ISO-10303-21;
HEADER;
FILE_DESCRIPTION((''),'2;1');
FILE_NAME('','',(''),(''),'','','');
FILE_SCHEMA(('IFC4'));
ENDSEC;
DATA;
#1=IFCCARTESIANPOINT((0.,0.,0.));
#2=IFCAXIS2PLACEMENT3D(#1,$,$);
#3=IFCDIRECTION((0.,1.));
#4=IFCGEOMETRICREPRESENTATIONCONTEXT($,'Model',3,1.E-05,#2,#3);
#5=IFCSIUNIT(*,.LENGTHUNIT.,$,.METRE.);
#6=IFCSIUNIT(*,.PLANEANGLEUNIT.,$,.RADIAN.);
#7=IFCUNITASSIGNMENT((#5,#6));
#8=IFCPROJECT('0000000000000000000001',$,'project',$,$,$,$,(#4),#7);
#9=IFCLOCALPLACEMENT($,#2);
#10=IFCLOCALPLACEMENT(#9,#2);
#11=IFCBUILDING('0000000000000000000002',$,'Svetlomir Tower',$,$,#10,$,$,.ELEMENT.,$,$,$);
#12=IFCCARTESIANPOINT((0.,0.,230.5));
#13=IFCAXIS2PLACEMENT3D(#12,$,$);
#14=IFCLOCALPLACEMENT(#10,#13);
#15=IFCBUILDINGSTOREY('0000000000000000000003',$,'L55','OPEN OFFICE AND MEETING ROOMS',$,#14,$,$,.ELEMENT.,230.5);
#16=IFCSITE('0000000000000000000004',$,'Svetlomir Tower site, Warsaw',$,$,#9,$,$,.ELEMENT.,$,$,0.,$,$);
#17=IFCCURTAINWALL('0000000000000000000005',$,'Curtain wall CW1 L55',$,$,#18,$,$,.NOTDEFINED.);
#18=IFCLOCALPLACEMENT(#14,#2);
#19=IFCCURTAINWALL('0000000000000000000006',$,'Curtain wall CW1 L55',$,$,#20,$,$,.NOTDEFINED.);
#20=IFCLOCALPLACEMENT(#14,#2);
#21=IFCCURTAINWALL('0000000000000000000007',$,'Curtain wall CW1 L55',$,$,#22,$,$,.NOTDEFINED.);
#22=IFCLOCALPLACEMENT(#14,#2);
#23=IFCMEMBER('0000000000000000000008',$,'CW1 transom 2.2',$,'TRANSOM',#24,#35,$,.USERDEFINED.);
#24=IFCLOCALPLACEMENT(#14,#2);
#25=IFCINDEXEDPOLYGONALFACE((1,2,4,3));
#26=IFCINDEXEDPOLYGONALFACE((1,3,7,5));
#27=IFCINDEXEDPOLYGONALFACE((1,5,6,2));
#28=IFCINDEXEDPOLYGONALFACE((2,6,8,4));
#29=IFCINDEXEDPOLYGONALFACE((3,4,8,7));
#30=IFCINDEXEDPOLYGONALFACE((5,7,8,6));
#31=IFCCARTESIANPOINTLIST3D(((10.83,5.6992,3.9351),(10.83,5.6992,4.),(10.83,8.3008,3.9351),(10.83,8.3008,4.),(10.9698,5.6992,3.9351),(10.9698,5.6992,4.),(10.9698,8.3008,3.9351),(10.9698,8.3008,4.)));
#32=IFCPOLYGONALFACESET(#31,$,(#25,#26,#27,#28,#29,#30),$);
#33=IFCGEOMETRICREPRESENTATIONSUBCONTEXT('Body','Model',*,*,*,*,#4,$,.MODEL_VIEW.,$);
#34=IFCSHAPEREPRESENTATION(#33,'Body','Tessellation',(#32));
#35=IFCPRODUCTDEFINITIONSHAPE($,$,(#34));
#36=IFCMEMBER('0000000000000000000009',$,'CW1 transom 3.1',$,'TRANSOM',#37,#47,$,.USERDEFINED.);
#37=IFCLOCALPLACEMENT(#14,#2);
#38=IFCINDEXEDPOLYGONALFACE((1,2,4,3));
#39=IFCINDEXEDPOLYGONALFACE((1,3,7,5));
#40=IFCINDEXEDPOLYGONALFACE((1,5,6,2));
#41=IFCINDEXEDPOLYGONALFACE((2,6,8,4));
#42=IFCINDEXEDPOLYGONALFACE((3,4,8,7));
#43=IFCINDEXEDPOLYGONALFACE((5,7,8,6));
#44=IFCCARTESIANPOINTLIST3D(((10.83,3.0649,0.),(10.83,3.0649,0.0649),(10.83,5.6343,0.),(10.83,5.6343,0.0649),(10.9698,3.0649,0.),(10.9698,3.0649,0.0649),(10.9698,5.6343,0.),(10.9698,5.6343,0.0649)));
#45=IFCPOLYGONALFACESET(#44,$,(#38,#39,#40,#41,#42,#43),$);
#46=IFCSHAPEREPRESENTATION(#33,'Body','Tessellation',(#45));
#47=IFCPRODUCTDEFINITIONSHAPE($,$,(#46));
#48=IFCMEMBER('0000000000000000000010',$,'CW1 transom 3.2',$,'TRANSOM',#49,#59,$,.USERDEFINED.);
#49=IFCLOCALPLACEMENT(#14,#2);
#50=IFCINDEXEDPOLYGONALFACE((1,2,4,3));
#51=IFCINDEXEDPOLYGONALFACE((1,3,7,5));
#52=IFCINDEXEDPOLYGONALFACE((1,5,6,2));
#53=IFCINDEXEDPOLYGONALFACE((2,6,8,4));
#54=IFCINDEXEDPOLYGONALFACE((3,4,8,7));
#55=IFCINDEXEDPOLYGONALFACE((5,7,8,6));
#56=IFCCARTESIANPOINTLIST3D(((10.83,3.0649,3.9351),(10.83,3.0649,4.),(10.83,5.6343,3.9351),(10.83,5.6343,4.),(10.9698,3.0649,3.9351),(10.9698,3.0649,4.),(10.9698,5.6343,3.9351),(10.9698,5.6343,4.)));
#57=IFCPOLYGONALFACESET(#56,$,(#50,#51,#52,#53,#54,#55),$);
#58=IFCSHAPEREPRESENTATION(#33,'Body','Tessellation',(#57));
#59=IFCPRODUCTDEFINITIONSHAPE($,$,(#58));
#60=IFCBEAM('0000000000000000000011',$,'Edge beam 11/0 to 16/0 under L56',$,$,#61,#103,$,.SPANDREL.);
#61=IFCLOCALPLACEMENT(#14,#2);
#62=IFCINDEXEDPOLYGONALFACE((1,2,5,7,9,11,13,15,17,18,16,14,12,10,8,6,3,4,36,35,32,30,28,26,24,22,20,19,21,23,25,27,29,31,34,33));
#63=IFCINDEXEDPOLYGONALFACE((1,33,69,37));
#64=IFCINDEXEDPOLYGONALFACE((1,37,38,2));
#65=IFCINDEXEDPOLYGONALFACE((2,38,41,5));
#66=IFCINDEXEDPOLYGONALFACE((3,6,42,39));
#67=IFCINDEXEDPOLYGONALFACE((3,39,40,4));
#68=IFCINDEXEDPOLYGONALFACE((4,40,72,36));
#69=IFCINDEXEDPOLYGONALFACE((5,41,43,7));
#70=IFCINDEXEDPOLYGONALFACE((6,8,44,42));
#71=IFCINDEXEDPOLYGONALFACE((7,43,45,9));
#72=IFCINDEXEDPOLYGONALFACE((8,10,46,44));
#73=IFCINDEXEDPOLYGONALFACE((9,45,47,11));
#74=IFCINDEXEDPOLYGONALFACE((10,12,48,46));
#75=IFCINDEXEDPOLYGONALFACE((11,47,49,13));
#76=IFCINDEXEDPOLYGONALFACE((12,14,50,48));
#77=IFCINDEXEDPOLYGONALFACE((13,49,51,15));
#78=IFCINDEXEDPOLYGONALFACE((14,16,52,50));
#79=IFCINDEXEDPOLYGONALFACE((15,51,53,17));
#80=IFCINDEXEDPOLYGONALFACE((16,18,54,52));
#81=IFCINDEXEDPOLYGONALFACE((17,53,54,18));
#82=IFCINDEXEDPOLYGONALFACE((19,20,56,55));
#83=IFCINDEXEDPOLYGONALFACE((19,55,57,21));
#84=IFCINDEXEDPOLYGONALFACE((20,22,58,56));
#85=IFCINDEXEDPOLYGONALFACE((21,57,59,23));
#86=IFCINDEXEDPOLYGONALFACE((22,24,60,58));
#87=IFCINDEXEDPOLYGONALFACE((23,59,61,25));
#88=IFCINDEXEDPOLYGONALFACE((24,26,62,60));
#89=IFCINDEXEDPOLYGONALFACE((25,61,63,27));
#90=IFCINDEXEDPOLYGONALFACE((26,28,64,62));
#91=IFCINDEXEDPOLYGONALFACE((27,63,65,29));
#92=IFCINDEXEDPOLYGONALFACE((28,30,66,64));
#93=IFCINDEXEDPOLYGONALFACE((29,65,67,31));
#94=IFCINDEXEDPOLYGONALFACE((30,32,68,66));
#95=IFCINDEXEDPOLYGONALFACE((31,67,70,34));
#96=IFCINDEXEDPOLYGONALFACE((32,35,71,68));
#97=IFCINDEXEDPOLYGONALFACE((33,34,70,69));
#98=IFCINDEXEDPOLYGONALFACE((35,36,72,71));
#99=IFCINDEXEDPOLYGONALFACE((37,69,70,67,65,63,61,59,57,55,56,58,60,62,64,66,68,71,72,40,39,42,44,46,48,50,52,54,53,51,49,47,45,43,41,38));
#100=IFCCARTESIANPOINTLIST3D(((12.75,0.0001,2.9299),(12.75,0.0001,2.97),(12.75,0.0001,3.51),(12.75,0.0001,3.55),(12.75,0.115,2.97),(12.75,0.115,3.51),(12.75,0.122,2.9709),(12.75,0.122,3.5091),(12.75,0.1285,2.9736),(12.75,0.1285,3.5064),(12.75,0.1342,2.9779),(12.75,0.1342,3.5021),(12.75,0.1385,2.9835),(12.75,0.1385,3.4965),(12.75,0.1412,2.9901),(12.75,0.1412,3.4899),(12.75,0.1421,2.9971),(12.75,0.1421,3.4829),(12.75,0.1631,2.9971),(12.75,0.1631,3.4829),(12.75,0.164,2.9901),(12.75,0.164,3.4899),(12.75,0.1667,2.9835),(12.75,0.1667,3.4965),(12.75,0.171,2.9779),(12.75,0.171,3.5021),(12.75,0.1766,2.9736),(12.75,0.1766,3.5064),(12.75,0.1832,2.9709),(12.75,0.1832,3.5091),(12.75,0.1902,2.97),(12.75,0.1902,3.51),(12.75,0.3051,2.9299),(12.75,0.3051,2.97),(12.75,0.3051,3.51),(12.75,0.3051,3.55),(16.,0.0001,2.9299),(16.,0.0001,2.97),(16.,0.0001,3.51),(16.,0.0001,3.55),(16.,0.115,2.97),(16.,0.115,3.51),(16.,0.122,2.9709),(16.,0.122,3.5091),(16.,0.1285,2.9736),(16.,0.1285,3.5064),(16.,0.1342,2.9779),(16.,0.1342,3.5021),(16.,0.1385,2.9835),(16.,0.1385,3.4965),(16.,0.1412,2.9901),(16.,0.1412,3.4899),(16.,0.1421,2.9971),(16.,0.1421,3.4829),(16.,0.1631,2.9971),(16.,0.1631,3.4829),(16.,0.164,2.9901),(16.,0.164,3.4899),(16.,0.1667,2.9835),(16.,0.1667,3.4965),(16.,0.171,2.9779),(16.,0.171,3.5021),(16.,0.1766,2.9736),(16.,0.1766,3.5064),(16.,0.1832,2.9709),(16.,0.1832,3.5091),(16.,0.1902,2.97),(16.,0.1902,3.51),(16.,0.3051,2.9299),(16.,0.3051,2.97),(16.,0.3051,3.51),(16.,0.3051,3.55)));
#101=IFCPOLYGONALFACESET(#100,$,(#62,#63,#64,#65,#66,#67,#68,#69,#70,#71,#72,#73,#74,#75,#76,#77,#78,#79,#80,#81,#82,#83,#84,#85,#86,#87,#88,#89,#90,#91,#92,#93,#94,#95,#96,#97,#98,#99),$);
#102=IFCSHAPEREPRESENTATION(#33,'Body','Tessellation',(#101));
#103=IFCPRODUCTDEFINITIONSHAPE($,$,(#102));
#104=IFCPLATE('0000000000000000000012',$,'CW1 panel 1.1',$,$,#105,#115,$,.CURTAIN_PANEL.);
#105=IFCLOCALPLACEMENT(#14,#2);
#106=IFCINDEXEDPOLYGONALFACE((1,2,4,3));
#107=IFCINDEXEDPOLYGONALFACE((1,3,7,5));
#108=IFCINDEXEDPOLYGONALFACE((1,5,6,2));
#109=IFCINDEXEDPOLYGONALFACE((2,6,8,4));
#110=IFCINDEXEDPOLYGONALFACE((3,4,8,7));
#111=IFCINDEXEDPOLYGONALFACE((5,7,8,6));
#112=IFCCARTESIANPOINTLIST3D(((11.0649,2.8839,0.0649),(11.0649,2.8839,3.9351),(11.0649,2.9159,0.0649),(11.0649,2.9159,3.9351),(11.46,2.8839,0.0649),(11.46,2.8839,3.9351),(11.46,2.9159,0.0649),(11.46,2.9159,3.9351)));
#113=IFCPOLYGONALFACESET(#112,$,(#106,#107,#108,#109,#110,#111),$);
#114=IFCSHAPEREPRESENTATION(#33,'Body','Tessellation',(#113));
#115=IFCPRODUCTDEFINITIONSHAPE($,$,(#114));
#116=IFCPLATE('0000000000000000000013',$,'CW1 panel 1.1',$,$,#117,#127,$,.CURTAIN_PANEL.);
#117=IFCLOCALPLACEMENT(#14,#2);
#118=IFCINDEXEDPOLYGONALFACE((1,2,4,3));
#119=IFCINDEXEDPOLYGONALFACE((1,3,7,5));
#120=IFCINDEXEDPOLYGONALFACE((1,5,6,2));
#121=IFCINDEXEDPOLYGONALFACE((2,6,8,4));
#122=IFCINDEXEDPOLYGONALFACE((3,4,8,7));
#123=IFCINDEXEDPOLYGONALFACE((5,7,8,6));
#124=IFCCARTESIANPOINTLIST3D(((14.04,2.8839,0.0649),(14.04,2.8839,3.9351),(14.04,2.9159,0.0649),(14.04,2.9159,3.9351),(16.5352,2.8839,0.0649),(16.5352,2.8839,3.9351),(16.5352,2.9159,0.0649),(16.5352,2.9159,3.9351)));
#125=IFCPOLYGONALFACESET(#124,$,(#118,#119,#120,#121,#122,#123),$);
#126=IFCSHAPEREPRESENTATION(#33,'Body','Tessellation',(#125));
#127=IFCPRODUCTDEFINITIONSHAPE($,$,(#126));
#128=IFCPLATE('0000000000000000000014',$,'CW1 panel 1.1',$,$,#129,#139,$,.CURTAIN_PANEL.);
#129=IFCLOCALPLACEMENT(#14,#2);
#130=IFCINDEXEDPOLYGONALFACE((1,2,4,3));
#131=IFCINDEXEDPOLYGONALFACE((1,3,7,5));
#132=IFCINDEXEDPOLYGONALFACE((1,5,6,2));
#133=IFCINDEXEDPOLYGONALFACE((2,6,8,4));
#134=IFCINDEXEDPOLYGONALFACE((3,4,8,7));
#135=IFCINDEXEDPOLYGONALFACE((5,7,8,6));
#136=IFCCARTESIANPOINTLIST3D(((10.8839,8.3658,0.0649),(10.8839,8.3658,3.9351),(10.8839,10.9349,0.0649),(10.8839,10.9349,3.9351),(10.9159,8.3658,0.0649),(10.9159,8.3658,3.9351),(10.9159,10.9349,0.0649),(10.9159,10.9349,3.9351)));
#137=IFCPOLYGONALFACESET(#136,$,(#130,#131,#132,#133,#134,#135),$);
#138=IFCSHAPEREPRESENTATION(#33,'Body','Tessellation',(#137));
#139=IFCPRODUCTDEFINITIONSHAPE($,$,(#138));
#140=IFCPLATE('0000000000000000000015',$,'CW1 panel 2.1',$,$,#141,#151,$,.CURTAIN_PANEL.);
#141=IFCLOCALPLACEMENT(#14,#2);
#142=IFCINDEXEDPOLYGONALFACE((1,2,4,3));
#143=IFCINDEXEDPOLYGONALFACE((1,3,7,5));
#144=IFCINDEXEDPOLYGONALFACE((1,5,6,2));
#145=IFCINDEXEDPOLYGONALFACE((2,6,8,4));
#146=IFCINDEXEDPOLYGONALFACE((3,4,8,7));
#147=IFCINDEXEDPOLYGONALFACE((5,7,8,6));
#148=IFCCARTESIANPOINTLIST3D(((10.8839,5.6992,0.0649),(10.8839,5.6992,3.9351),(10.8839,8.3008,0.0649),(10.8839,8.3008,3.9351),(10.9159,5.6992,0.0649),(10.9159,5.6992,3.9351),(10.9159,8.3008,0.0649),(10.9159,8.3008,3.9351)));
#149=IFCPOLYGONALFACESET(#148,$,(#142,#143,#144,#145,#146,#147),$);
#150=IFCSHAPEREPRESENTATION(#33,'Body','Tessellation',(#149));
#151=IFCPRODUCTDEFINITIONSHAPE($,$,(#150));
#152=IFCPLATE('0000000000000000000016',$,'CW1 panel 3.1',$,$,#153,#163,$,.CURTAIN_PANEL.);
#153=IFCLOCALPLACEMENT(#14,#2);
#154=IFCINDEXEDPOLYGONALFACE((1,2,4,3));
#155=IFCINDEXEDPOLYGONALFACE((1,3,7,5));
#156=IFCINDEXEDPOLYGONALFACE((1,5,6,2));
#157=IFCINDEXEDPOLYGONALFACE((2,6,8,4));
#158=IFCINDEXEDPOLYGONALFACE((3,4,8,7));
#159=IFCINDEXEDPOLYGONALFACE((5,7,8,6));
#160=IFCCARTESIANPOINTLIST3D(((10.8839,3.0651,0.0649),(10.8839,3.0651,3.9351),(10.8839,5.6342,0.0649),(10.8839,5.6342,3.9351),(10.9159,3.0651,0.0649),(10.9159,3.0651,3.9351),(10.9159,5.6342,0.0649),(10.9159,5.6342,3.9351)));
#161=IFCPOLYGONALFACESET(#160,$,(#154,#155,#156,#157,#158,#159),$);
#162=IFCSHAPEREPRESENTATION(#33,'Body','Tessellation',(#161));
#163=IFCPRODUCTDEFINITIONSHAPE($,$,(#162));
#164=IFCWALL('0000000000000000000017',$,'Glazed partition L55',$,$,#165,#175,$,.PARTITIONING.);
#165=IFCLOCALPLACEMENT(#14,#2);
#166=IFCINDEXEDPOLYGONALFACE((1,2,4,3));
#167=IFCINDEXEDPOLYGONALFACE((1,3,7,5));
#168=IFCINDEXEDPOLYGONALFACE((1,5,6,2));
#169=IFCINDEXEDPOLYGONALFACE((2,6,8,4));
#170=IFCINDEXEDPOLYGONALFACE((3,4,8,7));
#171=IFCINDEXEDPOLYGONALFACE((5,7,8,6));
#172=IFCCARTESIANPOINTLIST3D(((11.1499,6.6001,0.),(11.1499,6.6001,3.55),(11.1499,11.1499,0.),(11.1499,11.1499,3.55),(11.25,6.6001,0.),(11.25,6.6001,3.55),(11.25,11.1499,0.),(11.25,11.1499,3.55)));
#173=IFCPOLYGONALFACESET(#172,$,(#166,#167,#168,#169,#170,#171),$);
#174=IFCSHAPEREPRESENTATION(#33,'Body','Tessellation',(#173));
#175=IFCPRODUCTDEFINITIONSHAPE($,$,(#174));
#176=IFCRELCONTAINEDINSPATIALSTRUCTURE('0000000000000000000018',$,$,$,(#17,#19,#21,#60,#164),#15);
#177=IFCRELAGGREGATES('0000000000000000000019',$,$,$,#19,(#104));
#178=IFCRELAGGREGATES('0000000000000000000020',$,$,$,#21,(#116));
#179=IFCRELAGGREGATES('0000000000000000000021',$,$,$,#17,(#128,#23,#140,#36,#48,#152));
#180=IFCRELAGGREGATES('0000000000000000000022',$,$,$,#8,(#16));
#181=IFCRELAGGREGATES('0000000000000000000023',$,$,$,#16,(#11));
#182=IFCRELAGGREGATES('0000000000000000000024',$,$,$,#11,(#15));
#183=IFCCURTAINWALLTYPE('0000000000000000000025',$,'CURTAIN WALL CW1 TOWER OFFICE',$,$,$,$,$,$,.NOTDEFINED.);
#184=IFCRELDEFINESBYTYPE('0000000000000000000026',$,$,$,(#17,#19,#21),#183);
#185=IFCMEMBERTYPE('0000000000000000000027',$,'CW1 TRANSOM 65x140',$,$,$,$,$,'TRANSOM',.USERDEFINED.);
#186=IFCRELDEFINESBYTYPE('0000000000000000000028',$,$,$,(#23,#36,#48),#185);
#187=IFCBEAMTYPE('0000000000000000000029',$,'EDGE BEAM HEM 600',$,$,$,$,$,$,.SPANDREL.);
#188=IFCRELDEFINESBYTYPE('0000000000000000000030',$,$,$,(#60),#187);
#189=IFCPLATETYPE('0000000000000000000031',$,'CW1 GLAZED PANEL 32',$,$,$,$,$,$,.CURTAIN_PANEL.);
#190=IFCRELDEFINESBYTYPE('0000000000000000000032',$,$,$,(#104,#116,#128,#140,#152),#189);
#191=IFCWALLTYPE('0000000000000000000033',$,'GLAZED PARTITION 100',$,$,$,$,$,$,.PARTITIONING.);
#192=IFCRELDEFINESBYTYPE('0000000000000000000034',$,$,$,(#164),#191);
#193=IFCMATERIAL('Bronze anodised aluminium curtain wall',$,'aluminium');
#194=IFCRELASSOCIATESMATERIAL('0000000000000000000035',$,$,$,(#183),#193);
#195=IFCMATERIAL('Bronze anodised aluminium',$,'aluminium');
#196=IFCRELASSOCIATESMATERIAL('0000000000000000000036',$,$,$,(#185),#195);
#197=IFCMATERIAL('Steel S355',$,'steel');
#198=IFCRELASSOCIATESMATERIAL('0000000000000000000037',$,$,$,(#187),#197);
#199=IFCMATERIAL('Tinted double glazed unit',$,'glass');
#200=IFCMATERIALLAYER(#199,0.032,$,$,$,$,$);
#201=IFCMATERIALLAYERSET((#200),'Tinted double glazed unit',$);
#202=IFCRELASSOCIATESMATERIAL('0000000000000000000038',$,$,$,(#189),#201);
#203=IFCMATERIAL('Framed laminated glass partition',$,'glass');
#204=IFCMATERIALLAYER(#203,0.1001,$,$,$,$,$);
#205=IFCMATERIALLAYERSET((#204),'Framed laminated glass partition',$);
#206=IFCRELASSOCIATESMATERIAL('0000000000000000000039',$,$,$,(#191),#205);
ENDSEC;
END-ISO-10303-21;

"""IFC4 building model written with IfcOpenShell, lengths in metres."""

from ifc_helpers import new_model, si_unit, direction, frame, frame_2d, origin, origin_2d, place, context, subcontext, project, spatial, rectangle, i_section, extrude, material, layer, layer_set, material_profile, profile_set, type_object, element, aggregate, save


model = new_model("IFC4")

# Units and contexts
model_context = context("Model", 3, precision=1e-05, world=origin(), true_north=direction((0.0, 1.0)))
body_context = subcontext(model_context, "Body", "Model", "MODEL_VIEW")
ifc_project = project(units=[si_unit("LENGTHUNIT", "METRE"), si_unit("PLANEANGLEUNIT", "RADIAN")], contexts=[model_context])

# Site, building, storey
site_placement = place(None, origin())
site = spatial("IfcSite", under=ifc_project, at=site_placement, Name="Svetlomir Tower site, Warsaw", CompositionType="ELEMENT", RefElevation=0.0)
building_placement = place(site_placement, origin())
building = spatial("IfcBuilding", under=site, at=building_placement, Name="Svetlomir Tower", CompositionType="ELEMENT")
storey_placement = place(building_placement, frame((0.0, 0.0, 230.5)))
storey = spatial("IfcBuildingStorey", under=building, at=storey_placement, Name="L55", Description="OPEN OFFICE AND MEETING ROOMS", CompositionType="ELEMENT", Elevation=230.5)

# Curtain wall
ifc_material_1 = material(Name="Bronze anodised aluminium curtain wall", Category="aluminium")
curtain_wall_type = type_object("IfcCurtainWallType", Name="CURTAIN WALL CW1 TOWER OFFICE", PredefinedType="NOTDEFINED", material=ifc_material_1)
curtain_wall_1_placement = place(storey_placement, origin())
curtain_wall_1 = element("IfcCurtainWall", 1, at=curtain_wall_1_placement, inside=storey, type_object=curtain_wall_type, Name="Curtain wall CW1 L55", PredefinedType="NOTDEFINED")

# Curtain wall
curtain_wall_2_placement = place(storey_placement, origin())
curtain_wall_2 = element("IfcCurtainWall", 2, at=curtain_wall_2_placement, inside=storey, type_object=curtain_wall_type, Name="Curtain wall CW1 L55", PredefinedType="NOTDEFINED")

# Curtain wall
curtain_wall_3_placement = place(storey_placement, origin())
curtain_wall_3 = element("IfcCurtainWall", 3, at=curtain_wall_3_placement, inside=storey, type_object=curtain_wall_type, Name="Curtain wall CW1 L55", PredefinedType="NOTDEFINED")

# Shared definitions
ifc_material_2 = material(Name="Bronze anodised aluminium", Category="aluminium")
ifc_material_profile_1 = material_profile(ifc_material_2, rectangle(XDim=0.1399, YDim=0.0649, at=origin_2d()), Name="AL 140x65")
ifc_profile_set_1 = profile_set([ifc_material_profile_1], Name="Bronze anodised aluminium 6063-T6")
member_type_1 = type_object("IfcMemberType", Name="CW1 TRANSOM 65x140", ElementType="TRANSOM", PredefinedType="USERDEFINED", material=ifc_profile_set_1)

# Members
member_1_placement = place(storey_placement, frame((10.8999, 8.3008, 3.9675), z_axis=(0.0, -1.0, 0.0), x_axis=(1.0, 0.0, 0.0)))
member_1 = element("IfcMember", 4, at=member_1_placement, type_object=member_type_1, Name="CW1 transom 2.2", ObjectType="TRANSOM", PredefinedType="USERDEFINED", context=body_context, shape_type="SweptSolid", body=[
    extrude(rectangle(XDim=0.1399, YDim=0.0649, at=origin_2d()), origin(), (0.0, 0.0, 1.0), 2.6016),
])
member_2_placement = place(storey_placement, frame((10.8999, 5.6343, 0.0325), z_axis=(0.0, -1.0, 0.0), x_axis=(1.0, 0.0, 0.0)))
member_2 = element("IfcMember", 5, at=member_2_placement, type_object=member_type_1, Name="CW1 transom 3.1", ObjectType="TRANSOM", PredefinedType="USERDEFINED", context=body_context, shape_type="SweptSolid", body=[
    extrude(rectangle(XDim=0.1399, YDim=0.0649, at=origin_2d()), origin(), (0.0, 0.0, 1.0), 2.5693),
])
member_3_placement = place(storey_placement, frame((10.8999, 5.6343, 3.9675), z_axis=(0.0, -1.0, 0.0), x_axis=(1.0, 0.0, 0.0)))
member_3 = element("IfcMember", 6, at=member_3_placement, type_object=member_type_1, Name="CW1 transom 3.2", ObjectType="TRANSOM", PredefinedType="USERDEFINED", context=body_context, shape_type="SweptSolid", body=[
    extrude(rectangle(XDim=0.1399, YDim=0.0649, at=origin_2d()), origin(), (0.0, 0.0, 1.0), 2.5693),
])

# Beam
ifc_material_3 = material(Name="Steel S355", Category="steel")
ifc_material_profile_2 = material_profile(ifc_material_3, i_section(OverallWidth=0.3049, OverallDepth=0.6201, WebThickness=0.021, FlangeThickness=0.04, FilletRadius=0.0271, at=origin_2d()), Name="HEM 600")
ifc_profile_set_2 = profile_set([ifc_material_profile_2], Name="Steel S355")
beam_type = type_object("IfcBeamType", Name="EDGE BEAM HEM 600", PredefinedType="SPANDREL", material=ifc_profile_set_2)
beam_placement = place(storey_placement, frame((12.75, 0.1526, 3.24), z_axis=(1.0, 0.0, 0.0), x_axis=(0.0, 1.0, 0.0)))
element("IfcBeam", 7, at=beam_placement, inside=storey, type_object=beam_type, Name="Edge beam 11/0 to 16/0 under L56", PredefinedType="SPANDREL", context=body_context, shape_type="SweptSolid", body=[
    extrude(i_section(OverallWidth=0.3049, OverallDepth=0.6201, WebThickness=0.021, FlangeThickness=0.04, FilletRadius=0.0271, at=origin_2d()), origin(), (0.0, 0.0, 1.0), 3.25),
])

# Plates
ifc_material_4 = material(Name="Tinted double glazed unit", Category="glass")
ifc_layer_1 = layer(ifc_material_4, 0.032)
ifc_layer_set_1 = layer_set([ifc_layer_1], Name="Tinted double glazed unit")
plate_type = type_object("IfcPlateType", Name="CW1 GLAZED PANEL 32", PredefinedType="CURTAIN_PANEL", material=ifc_layer_set_1)
plate_1_placement = place(storey_placement, frame((11.2625, 2.8999, 0.0649), z_axis=(0.0, 0.0, 1.0), x_axis=(1.0, 0.0, 0.0)))
plate_1 = element("IfcPlate", 8, at=plate_1_placement, type_object=plate_type, Name="CW1 panel 1.1", PredefinedType="CURTAIN_PANEL", context=body_context, shape_type="SweptSolid", body=[
    extrude(rectangle(XDim=0.395, YDim=0.032, at=origin_2d()), origin(), (0.0, 0.0, 1.0), 3.8701),
])
aggregate(curtain_wall_2, [plate_1])
plate_2_placement = place(storey_placement, frame((15.2876, 2.8999, 0.0649), z_axis=(0.0, 0.0, 1.0), x_axis=(1.0, 0.0, 0.0)))
plate_2 = element("IfcPlate", 9, at=plate_2_placement, type_object=plate_type, Name="CW1 panel 1.1", PredefinedType="CURTAIN_PANEL", context=body_context, shape_type="SweptSolid", body=[
    extrude(rectangle(XDim=2.4951, YDim=0.032, at=origin_2d()), origin(), (0.0, 0.0, 1.0), 3.8701),
])
aggregate(curtain_wall_3, [plate_2])
plate_3_placement = place(storey_placement, frame((10.8999, 9.6504, 0.0649), z_axis=(0.0, 0.0, 1.0), x_axis=(0.0, -1.0, 0.0)))
plate_3 = element("IfcPlate", 10, at=plate_3_placement, type_object=plate_type, Name="CW1 panel 1.1", PredefinedType="CURTAIN_PANEL", context=body_context, shape_type="SweptSolid", body=[
    extrude(rectangle(XDim=2.5691, YDim=0.032, at=origin_2d()), origin(), (0.0, 0.0, 1.0), 3.8701),
])
plate_4_placement = place(storey_placement, frame((10.8999, 7.0, 0.0649), z_axis=(0.0, 0.0, 1.0), x_axis=(0.0, -1.0, 0.0)))
plate_4 = element("IfcPlate", 11, at=plate_4_placement, type_object=plate_type, Name="CW1 panel 2.1", PredefinedType="CURTAIN_PANEL", context=body_context, shape_type="SweptSolid", body=[
    extrude(rectangle(XDim=2.6016, YDim=0.032, at=origin_2d()), origin(), (0.0, 0.0, 1.0), 3.8701),
])
plate_5_placement = place(storey_placement, frame((10.8999, 4.3496, 0.0649), z_axis=(0.0, 0.0, 1.0), x_axis=(0.0, -1.0, 0.0)))
plate_5 = element("IfcPlate", 12, at=plate_5_placement, type_object=plate_type, Name="CW1 panel 3.1", PredefinedType="CURTAIN_PANEL", context=body_context, shape_type="SweptSolid", body=[
    extrude(rectangle(XDim=2.5691, YDim=0.032, at=origin_2d()), origin(), (0.0, 0.0, 1.0), 3.8701),
])
aggregate(curtain_wall_1, [plate_3, member_1, plate_4, member_2, member_3, plate_5])

# Wall
ifc_material_5 = material(Name="Framed laminated glass partition", Category="glass")
ifc_layer_2 = layer(ifc_material_5, 0.1001)
ifc_layer_set_2 = layer_set([ifc_layer_2], Name="Framed laminated glass partition")
wall_type = type_object("IfcWallType", Name="GLAZED PARTITION 100", PredefinedType="PARTITIONING", material=ifc_layer_set_2)
wall_1_placement = place(storey_placement, frame((11.2, 6.6001, 0.0), z_axis=(0.0, 0.0, 1.0), x_axis=(0.0, 1.0, 0.0)))
element("IfcWall", 13, at=wall_1_placement, inside=storey, type_object=wall_type, Name="Glazed partition L55", PredefinedType="PARTITIONING", context=body_context, shape_type="SweptSolid", body=[
    extrude(rectangle(XDim=4.5498, YDim=0.1001, at=frame_2d((2.2749, 0.0))), origin(), (0.0, 0.0, 1.0), 3.55),
])

save(model, "model.ifc")
